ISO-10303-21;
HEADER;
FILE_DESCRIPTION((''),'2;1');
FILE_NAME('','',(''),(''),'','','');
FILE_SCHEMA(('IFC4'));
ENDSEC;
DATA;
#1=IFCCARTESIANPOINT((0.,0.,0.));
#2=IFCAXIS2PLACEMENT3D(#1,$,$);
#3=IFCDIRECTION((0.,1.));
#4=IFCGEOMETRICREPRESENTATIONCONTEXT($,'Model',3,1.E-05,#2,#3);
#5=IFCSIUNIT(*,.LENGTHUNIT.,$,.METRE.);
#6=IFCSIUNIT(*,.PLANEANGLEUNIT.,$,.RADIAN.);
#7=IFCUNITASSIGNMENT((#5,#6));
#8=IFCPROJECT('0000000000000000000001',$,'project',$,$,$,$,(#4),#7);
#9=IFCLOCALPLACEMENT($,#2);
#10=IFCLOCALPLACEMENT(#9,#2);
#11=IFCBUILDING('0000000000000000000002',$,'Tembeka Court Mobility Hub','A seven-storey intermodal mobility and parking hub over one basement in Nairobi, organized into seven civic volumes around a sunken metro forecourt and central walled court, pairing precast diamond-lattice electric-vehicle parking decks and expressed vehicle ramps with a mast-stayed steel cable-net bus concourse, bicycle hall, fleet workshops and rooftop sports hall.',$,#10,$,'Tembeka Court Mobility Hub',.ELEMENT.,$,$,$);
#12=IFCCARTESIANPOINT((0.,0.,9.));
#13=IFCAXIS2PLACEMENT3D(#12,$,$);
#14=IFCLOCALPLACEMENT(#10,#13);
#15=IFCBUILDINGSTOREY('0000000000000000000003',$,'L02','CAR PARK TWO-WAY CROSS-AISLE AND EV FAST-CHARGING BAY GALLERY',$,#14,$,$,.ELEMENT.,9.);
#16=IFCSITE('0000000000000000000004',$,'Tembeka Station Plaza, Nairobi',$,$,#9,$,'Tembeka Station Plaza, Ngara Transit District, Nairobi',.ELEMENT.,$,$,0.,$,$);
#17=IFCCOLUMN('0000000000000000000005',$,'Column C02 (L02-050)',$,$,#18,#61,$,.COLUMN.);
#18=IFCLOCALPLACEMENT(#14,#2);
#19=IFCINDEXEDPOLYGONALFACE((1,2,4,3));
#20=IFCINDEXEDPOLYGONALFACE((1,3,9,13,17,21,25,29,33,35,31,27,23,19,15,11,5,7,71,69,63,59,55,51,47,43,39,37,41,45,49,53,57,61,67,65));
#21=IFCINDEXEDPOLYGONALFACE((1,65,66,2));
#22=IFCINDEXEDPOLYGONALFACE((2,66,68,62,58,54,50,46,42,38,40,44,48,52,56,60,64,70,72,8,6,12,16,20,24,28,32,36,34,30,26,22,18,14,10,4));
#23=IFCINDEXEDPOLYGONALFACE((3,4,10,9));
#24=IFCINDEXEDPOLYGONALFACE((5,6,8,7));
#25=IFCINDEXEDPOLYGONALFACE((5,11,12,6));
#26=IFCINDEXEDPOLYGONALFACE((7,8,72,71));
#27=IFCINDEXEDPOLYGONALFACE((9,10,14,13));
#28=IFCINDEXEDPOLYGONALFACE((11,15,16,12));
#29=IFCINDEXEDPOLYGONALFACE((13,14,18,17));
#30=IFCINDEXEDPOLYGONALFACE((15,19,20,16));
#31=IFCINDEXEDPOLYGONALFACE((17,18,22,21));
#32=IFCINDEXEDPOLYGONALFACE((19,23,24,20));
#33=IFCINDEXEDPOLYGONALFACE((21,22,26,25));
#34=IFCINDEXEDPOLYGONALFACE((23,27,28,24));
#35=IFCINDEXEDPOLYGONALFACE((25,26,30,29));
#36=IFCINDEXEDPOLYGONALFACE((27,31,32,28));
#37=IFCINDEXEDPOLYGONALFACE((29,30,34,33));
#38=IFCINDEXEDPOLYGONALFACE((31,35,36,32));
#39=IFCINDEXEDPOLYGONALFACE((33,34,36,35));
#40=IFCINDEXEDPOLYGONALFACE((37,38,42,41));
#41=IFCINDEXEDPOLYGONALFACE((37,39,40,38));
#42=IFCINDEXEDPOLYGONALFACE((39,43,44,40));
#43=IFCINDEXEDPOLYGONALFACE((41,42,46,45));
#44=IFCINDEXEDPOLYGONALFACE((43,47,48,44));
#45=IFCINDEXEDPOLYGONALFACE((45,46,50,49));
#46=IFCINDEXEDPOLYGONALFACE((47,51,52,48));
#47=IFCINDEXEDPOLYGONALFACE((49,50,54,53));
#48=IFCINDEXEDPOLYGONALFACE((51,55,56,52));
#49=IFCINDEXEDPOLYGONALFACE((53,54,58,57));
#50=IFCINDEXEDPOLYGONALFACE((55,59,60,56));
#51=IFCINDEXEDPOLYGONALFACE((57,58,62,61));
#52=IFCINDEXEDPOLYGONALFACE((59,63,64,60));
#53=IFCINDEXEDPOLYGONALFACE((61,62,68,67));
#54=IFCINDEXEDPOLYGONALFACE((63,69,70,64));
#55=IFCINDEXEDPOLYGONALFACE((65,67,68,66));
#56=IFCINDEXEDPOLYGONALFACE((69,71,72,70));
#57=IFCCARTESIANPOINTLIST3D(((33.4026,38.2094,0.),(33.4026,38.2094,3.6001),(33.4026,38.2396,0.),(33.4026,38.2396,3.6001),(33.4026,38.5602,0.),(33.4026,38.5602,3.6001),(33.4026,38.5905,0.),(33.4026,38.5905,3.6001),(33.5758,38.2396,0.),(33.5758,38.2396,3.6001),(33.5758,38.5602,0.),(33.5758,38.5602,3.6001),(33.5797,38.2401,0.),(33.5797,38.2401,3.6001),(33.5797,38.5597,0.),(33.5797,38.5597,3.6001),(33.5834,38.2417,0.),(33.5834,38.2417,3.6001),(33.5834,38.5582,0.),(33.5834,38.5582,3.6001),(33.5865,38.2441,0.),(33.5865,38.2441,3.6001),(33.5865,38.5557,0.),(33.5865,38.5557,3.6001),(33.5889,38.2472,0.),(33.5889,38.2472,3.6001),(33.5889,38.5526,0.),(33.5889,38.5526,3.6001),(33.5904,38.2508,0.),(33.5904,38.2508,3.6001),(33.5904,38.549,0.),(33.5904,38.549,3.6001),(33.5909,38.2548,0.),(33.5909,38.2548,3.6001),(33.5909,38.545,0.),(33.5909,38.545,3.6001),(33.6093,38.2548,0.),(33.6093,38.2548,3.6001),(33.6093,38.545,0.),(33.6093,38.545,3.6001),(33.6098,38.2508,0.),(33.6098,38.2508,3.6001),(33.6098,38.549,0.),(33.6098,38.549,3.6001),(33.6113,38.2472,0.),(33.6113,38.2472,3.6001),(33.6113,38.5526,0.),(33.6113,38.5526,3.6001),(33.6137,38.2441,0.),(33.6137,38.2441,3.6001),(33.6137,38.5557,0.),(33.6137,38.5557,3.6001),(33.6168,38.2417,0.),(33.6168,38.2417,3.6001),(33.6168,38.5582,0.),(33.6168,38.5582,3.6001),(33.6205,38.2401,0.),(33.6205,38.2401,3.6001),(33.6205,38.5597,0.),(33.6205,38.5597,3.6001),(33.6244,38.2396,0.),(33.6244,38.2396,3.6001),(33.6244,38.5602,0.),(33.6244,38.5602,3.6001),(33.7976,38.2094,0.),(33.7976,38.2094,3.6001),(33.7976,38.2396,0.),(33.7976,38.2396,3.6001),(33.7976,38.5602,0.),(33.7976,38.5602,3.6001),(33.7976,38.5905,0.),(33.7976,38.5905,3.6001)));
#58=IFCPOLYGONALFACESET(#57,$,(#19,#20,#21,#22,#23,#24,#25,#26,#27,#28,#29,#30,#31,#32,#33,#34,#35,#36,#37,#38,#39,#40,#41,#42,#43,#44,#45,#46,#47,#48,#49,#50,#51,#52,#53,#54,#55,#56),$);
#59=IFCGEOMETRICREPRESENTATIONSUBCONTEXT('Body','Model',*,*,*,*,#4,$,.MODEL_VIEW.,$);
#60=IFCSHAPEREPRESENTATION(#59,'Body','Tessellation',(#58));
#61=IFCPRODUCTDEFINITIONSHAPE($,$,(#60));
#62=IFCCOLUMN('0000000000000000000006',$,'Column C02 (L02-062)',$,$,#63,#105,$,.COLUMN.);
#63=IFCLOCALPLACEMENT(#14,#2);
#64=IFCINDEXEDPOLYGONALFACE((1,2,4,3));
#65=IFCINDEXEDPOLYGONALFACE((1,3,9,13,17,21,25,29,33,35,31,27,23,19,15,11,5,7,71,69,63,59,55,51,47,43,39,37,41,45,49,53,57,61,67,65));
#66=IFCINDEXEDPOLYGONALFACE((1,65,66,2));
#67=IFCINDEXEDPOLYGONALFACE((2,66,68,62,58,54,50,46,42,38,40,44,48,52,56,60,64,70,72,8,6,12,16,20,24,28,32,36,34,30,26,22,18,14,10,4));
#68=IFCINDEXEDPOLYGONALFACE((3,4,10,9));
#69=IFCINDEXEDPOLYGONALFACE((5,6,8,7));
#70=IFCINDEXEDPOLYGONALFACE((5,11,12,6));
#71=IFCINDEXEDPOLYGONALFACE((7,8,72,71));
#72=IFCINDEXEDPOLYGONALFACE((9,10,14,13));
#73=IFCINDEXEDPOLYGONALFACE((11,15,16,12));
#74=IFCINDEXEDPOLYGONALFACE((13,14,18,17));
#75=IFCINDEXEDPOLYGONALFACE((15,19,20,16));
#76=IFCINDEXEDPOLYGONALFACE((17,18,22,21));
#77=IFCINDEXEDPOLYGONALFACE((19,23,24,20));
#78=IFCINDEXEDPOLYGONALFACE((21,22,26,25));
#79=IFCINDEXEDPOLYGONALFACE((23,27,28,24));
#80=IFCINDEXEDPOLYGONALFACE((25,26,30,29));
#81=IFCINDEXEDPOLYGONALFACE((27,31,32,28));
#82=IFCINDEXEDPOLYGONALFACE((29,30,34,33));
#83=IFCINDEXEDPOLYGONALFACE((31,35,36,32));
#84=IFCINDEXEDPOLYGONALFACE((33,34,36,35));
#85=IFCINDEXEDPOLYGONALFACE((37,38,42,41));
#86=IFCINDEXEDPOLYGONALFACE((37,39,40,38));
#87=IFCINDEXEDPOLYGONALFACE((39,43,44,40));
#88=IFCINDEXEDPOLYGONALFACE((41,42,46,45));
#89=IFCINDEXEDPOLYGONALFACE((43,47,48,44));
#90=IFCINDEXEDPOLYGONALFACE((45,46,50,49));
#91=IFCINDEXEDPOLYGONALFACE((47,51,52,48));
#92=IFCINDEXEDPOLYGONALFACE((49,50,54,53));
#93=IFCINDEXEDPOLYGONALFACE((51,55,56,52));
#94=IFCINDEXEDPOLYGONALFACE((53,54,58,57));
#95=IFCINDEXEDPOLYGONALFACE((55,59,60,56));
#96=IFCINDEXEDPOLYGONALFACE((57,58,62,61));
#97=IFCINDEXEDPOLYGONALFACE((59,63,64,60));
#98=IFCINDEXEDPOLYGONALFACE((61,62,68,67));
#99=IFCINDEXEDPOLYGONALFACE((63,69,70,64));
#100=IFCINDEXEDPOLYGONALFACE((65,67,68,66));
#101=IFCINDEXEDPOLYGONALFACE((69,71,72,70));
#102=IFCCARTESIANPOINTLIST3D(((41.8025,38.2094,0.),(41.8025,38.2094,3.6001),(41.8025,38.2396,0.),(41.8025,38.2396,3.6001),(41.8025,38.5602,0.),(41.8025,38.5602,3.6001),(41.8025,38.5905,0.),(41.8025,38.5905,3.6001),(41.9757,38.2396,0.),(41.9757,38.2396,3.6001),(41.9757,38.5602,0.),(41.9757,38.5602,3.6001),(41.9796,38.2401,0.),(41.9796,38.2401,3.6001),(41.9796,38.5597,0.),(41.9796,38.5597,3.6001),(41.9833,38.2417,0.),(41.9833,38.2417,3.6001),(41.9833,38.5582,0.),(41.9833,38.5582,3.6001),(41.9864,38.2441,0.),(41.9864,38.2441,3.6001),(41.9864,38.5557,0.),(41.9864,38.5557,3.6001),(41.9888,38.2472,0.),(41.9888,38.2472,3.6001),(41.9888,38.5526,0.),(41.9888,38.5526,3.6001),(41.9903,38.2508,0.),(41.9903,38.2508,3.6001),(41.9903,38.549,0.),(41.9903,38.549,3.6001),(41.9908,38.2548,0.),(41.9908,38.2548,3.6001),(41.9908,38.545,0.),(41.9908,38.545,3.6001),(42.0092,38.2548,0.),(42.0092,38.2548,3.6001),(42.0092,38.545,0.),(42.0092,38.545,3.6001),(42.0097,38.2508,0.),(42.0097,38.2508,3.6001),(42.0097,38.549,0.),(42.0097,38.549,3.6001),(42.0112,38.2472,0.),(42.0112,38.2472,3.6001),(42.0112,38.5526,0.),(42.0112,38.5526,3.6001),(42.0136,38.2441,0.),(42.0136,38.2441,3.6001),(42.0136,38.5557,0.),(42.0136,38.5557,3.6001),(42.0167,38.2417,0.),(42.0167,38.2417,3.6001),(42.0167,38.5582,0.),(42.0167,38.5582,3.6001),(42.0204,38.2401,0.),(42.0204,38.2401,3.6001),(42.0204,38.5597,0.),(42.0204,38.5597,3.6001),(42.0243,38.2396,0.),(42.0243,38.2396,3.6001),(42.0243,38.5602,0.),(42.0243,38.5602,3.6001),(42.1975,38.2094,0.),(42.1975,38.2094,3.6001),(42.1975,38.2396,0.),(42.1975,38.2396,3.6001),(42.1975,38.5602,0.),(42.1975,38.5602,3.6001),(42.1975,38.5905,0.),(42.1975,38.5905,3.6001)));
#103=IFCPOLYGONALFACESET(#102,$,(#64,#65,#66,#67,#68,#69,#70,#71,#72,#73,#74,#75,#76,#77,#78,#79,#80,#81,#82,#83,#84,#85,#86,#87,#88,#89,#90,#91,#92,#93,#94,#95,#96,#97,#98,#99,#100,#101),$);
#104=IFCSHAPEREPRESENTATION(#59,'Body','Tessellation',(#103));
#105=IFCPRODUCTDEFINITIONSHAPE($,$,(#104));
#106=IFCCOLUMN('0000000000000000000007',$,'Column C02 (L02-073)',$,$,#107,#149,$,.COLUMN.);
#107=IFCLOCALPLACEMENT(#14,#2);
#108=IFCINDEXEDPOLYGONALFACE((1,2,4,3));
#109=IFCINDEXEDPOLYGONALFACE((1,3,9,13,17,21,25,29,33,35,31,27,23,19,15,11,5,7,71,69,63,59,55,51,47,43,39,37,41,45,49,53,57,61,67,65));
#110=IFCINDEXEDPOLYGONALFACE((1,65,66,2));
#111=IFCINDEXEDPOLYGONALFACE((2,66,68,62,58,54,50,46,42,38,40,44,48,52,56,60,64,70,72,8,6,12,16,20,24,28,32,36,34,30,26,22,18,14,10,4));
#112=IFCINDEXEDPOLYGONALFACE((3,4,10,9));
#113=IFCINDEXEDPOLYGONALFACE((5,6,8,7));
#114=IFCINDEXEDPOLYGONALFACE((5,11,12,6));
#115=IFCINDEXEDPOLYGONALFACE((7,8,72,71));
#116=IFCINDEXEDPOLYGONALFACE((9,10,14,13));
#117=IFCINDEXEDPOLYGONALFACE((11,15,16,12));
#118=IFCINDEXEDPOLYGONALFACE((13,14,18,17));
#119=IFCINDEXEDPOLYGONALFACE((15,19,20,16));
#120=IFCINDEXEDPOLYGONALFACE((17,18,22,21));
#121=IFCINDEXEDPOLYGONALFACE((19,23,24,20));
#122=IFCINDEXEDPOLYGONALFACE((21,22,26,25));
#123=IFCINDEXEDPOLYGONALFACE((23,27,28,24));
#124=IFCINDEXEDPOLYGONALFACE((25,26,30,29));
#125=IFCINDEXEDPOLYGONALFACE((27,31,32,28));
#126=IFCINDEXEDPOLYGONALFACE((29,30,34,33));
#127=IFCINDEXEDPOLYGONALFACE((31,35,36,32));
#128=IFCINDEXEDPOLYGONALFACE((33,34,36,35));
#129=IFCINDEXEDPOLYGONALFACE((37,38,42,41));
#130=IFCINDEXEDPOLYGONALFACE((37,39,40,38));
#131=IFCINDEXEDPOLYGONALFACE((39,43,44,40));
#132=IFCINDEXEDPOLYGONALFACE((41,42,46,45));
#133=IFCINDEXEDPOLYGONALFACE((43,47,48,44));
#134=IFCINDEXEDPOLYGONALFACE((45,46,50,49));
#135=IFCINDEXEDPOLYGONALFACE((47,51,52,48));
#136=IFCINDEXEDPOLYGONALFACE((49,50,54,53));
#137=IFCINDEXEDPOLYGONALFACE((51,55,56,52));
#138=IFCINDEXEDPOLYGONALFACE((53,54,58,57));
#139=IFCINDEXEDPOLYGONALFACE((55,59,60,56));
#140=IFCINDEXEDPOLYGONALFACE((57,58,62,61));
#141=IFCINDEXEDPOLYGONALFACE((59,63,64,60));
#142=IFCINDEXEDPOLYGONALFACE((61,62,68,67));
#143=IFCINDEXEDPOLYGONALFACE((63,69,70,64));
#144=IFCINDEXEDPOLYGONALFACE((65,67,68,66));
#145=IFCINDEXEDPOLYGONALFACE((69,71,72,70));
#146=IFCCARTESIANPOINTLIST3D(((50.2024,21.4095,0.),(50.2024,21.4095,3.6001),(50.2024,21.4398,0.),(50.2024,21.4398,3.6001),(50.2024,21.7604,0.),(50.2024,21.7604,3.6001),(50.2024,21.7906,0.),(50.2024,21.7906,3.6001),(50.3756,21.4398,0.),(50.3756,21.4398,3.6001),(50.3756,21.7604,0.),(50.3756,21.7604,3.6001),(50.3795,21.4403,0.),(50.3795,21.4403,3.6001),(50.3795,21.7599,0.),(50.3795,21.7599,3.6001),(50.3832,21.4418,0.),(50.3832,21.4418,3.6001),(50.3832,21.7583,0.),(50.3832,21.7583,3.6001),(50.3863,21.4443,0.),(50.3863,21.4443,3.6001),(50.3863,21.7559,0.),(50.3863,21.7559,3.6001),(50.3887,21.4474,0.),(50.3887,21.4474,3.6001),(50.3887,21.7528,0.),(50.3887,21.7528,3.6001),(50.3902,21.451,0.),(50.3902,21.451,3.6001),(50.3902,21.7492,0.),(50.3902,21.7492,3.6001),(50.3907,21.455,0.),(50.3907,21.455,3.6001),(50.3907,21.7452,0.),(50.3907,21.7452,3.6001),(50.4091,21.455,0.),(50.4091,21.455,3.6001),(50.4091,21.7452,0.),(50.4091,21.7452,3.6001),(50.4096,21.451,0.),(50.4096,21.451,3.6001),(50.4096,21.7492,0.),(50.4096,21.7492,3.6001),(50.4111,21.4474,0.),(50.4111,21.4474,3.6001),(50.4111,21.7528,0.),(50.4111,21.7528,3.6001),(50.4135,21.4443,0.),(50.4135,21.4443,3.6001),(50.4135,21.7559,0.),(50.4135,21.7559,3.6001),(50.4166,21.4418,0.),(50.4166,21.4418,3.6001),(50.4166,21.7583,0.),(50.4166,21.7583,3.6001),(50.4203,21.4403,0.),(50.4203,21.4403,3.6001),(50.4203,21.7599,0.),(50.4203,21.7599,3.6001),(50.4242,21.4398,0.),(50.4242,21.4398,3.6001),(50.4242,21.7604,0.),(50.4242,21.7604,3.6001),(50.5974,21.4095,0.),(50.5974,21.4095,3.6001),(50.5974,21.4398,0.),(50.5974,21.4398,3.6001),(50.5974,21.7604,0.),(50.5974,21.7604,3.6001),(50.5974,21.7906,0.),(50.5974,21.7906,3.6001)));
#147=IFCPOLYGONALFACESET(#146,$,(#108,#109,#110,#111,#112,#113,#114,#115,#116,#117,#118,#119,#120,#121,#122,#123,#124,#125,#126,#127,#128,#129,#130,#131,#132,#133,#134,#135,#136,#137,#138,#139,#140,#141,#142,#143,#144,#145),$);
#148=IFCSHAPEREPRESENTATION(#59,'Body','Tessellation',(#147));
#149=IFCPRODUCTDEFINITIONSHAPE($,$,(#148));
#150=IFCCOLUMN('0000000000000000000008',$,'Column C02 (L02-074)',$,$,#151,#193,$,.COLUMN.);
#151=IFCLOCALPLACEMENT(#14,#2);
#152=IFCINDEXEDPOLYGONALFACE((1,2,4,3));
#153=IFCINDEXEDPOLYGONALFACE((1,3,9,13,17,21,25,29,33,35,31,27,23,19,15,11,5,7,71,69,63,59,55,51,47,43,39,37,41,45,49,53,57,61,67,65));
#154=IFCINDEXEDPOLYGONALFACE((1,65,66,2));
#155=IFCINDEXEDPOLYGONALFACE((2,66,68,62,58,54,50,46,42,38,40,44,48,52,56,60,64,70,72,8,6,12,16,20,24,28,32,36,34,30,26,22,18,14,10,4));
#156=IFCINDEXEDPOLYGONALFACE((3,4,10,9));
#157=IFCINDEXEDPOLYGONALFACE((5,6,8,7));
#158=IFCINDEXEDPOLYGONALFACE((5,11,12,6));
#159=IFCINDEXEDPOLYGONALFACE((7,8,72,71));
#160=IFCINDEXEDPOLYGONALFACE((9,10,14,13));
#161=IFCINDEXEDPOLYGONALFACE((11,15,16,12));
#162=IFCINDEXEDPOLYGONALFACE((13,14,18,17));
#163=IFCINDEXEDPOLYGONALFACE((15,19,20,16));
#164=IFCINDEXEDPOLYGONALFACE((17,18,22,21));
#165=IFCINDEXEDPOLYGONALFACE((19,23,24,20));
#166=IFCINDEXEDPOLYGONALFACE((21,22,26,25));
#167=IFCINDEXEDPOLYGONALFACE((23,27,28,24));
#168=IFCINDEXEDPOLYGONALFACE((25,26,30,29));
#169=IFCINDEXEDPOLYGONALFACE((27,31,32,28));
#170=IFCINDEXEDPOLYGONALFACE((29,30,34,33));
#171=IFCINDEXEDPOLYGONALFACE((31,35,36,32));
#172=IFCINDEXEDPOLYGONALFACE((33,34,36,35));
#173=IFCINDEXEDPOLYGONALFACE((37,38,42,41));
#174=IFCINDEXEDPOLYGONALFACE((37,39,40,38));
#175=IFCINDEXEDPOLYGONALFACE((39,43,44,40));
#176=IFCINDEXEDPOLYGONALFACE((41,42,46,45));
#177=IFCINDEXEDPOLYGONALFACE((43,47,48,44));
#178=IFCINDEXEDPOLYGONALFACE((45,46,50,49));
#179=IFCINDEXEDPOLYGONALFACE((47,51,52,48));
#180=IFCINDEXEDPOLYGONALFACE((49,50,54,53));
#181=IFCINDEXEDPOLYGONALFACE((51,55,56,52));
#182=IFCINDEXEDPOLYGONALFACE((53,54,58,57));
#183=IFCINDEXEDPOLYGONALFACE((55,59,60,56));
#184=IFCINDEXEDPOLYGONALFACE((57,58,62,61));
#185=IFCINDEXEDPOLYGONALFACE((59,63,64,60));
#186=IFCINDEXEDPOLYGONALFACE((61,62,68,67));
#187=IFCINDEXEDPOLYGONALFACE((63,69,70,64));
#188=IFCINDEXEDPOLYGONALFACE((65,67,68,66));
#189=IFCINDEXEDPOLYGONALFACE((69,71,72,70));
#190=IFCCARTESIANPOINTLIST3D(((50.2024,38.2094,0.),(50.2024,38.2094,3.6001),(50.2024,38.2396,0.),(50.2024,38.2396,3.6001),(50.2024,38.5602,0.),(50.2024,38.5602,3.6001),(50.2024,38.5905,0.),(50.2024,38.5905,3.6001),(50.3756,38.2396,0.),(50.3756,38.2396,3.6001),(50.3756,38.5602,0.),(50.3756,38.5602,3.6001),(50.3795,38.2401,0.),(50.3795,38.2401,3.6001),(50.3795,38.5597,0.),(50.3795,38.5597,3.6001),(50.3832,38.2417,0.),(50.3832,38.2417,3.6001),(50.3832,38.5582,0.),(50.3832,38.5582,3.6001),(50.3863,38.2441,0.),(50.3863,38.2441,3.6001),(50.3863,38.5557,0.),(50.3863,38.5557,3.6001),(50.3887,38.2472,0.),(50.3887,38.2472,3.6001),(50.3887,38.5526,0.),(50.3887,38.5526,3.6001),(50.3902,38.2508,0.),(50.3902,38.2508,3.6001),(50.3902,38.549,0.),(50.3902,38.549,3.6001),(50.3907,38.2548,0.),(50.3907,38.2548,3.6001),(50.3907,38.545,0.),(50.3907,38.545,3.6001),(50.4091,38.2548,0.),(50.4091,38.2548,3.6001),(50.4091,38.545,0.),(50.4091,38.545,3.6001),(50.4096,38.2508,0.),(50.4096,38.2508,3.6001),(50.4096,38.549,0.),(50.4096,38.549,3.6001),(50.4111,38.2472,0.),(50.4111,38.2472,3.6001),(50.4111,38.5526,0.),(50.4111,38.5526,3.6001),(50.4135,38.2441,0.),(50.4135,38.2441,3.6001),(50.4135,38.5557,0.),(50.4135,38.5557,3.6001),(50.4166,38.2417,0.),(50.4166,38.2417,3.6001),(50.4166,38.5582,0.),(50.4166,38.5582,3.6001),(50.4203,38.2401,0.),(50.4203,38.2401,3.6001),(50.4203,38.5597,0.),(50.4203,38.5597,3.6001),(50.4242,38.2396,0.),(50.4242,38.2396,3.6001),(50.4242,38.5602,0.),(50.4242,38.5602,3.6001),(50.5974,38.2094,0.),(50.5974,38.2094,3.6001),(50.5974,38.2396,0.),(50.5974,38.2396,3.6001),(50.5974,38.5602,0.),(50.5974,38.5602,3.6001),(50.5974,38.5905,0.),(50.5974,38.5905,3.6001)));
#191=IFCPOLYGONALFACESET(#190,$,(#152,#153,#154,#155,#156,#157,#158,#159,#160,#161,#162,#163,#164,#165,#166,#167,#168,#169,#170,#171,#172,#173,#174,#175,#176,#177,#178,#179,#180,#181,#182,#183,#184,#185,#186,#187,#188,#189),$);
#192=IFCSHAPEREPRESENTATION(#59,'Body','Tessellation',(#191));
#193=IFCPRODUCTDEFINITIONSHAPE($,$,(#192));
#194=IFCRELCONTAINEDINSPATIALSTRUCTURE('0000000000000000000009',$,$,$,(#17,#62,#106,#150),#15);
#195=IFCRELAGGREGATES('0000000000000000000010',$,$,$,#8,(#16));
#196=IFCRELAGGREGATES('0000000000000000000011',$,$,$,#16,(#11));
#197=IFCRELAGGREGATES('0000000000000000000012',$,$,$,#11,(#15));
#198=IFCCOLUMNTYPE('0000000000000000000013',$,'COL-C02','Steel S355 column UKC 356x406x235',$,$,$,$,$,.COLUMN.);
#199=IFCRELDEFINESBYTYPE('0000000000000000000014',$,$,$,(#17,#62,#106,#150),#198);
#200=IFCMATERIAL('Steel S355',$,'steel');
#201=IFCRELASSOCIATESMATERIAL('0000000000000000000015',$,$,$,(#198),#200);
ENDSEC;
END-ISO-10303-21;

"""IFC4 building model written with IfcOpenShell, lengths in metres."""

from ifc_helpers import new_model, si_unit, direction, frame, origin, origin_2d, place, context, subcontext, project, spatial, i_section, extrude, material, material_profile, profile_set, type_object, element, save


model = new_model("IFC4")

# Units and contexts
model_context = context("Model", 3, precision=1e-05, world=origin(), true_north=direction((0.0, 1.0)))
body_context = subcontext(model_context, "Body", "Model", "MODEL_VIEW")
ifc_project = project(units=[si_unit("LENGTHUNIT", "METRE"), si_unit("PLANEANGLEUNIT", "RADIAN")], contexts=[model_context])

# Site, building, storey
site_placement = place(None, origin())
site = spatial("IfcSite", under=ifc_project, at=site_placement, Name="Tembeka Station Plaza, Nairobi", LongName="Tembeka Station Plaza, Ngara Transit District, Nairobi", CompositionType="ELEMENT", RefElevation=0.0)
building_placement = place(site_placement, origin())
building = spatial("IfcBuilding", under=site, at=building_placement, Name="Tembeka Court Mobility Hub", Description="A seven-storey intermodal mobility and parking hub over one basement in Nairobi, organized into seven civic volumes around a sunken metro forecourt and central walled court, pairing precast diamond-lattice electric-vehicle parking decks and expressed vehicle ramps with a mast-stayed steel cable-net bus concourse, bicycle hall, fleet workshops and rooftop sports hall.", LongName="Tembeka Court Mobility Hub", CompositionType="ELEMENT")
storey_placement = place(building_placement, frame((0.0, 0.0, 9.0)))
storey = spatial("IfcBuildingStorey", under=building, at=storey_placement, Name="L02", Description="CAR PARK TWO-WAY CROSS-AISLE AND EV FAST-CHARGING BAY GALLERY", CompositionType="ELEMENT", Elevation=9.0)

# Columns
ifc_material_1 = material(Name="Steel S355", Category="steel")
ifc_material_profile_1 = material_profile(ifc_material_1, i_section(OverallWidth=0.395, OverallDepth=0.3811, WebThickness=0.0183, FlangeThickness=0.0303, FilletRadius=0.0151, at=origin_2d()), Name="UKC 356x406x235")
ifc_profile_set_1 = profile_set([ifc_material_profile_1], Name="Steel S355")
column_type_1 = type_object("IfcColumnType", Name="COL-C02", Description="Steel S355 column UKC 356x406x235", PredefinedType="COLUMN", material=ifc_profile_set_1)
for number, where, z_axis, x_axis, name in (
    (1, (33.6001, 38.3999, 0.0), (0.0, 0.0, 1.0), (1.0, 0.0, 0.0), "Column C02 (L02-050)"),
    (2, (42.0, 38.3999, 0.0), (0.0, 0.0, 1.0), (1.0, 0.0, 0.0), "Column C02 (L02-062)"),
    (3, (50.3999, 21.6001, 0.0), (0.0, 0.0, 1.0), (1.0, 0.0, 0.0), "Column C02 (L02-073)"),
    (4, (50.3999, 38.3999, 0.0), (0.0, 0.0, 1.0), (1.0, 0.0, 0.0), "Column C02 (L02-074)"),
):
    element("IfcColumn", number, at=place(storey_placement, frame(where, z_axis=z_axis, x_axis=x_axis)), inside=storey, type_object=column_type_1, Name=name, PredefinedType="COLUMN", context=body_context, shape_type="SweptSolid", body=[
        extrude(i_section(OverallWidth=0.395, OverallDepth=0.3811, WebThickness=0.0183, FlangeThickness=0.0303, FilletRadius=0.0151, at=origin_2d()), origin(), (0.0, 0.0, 1.0), 3.6001),
    ])

save(model, "model.ifc")
